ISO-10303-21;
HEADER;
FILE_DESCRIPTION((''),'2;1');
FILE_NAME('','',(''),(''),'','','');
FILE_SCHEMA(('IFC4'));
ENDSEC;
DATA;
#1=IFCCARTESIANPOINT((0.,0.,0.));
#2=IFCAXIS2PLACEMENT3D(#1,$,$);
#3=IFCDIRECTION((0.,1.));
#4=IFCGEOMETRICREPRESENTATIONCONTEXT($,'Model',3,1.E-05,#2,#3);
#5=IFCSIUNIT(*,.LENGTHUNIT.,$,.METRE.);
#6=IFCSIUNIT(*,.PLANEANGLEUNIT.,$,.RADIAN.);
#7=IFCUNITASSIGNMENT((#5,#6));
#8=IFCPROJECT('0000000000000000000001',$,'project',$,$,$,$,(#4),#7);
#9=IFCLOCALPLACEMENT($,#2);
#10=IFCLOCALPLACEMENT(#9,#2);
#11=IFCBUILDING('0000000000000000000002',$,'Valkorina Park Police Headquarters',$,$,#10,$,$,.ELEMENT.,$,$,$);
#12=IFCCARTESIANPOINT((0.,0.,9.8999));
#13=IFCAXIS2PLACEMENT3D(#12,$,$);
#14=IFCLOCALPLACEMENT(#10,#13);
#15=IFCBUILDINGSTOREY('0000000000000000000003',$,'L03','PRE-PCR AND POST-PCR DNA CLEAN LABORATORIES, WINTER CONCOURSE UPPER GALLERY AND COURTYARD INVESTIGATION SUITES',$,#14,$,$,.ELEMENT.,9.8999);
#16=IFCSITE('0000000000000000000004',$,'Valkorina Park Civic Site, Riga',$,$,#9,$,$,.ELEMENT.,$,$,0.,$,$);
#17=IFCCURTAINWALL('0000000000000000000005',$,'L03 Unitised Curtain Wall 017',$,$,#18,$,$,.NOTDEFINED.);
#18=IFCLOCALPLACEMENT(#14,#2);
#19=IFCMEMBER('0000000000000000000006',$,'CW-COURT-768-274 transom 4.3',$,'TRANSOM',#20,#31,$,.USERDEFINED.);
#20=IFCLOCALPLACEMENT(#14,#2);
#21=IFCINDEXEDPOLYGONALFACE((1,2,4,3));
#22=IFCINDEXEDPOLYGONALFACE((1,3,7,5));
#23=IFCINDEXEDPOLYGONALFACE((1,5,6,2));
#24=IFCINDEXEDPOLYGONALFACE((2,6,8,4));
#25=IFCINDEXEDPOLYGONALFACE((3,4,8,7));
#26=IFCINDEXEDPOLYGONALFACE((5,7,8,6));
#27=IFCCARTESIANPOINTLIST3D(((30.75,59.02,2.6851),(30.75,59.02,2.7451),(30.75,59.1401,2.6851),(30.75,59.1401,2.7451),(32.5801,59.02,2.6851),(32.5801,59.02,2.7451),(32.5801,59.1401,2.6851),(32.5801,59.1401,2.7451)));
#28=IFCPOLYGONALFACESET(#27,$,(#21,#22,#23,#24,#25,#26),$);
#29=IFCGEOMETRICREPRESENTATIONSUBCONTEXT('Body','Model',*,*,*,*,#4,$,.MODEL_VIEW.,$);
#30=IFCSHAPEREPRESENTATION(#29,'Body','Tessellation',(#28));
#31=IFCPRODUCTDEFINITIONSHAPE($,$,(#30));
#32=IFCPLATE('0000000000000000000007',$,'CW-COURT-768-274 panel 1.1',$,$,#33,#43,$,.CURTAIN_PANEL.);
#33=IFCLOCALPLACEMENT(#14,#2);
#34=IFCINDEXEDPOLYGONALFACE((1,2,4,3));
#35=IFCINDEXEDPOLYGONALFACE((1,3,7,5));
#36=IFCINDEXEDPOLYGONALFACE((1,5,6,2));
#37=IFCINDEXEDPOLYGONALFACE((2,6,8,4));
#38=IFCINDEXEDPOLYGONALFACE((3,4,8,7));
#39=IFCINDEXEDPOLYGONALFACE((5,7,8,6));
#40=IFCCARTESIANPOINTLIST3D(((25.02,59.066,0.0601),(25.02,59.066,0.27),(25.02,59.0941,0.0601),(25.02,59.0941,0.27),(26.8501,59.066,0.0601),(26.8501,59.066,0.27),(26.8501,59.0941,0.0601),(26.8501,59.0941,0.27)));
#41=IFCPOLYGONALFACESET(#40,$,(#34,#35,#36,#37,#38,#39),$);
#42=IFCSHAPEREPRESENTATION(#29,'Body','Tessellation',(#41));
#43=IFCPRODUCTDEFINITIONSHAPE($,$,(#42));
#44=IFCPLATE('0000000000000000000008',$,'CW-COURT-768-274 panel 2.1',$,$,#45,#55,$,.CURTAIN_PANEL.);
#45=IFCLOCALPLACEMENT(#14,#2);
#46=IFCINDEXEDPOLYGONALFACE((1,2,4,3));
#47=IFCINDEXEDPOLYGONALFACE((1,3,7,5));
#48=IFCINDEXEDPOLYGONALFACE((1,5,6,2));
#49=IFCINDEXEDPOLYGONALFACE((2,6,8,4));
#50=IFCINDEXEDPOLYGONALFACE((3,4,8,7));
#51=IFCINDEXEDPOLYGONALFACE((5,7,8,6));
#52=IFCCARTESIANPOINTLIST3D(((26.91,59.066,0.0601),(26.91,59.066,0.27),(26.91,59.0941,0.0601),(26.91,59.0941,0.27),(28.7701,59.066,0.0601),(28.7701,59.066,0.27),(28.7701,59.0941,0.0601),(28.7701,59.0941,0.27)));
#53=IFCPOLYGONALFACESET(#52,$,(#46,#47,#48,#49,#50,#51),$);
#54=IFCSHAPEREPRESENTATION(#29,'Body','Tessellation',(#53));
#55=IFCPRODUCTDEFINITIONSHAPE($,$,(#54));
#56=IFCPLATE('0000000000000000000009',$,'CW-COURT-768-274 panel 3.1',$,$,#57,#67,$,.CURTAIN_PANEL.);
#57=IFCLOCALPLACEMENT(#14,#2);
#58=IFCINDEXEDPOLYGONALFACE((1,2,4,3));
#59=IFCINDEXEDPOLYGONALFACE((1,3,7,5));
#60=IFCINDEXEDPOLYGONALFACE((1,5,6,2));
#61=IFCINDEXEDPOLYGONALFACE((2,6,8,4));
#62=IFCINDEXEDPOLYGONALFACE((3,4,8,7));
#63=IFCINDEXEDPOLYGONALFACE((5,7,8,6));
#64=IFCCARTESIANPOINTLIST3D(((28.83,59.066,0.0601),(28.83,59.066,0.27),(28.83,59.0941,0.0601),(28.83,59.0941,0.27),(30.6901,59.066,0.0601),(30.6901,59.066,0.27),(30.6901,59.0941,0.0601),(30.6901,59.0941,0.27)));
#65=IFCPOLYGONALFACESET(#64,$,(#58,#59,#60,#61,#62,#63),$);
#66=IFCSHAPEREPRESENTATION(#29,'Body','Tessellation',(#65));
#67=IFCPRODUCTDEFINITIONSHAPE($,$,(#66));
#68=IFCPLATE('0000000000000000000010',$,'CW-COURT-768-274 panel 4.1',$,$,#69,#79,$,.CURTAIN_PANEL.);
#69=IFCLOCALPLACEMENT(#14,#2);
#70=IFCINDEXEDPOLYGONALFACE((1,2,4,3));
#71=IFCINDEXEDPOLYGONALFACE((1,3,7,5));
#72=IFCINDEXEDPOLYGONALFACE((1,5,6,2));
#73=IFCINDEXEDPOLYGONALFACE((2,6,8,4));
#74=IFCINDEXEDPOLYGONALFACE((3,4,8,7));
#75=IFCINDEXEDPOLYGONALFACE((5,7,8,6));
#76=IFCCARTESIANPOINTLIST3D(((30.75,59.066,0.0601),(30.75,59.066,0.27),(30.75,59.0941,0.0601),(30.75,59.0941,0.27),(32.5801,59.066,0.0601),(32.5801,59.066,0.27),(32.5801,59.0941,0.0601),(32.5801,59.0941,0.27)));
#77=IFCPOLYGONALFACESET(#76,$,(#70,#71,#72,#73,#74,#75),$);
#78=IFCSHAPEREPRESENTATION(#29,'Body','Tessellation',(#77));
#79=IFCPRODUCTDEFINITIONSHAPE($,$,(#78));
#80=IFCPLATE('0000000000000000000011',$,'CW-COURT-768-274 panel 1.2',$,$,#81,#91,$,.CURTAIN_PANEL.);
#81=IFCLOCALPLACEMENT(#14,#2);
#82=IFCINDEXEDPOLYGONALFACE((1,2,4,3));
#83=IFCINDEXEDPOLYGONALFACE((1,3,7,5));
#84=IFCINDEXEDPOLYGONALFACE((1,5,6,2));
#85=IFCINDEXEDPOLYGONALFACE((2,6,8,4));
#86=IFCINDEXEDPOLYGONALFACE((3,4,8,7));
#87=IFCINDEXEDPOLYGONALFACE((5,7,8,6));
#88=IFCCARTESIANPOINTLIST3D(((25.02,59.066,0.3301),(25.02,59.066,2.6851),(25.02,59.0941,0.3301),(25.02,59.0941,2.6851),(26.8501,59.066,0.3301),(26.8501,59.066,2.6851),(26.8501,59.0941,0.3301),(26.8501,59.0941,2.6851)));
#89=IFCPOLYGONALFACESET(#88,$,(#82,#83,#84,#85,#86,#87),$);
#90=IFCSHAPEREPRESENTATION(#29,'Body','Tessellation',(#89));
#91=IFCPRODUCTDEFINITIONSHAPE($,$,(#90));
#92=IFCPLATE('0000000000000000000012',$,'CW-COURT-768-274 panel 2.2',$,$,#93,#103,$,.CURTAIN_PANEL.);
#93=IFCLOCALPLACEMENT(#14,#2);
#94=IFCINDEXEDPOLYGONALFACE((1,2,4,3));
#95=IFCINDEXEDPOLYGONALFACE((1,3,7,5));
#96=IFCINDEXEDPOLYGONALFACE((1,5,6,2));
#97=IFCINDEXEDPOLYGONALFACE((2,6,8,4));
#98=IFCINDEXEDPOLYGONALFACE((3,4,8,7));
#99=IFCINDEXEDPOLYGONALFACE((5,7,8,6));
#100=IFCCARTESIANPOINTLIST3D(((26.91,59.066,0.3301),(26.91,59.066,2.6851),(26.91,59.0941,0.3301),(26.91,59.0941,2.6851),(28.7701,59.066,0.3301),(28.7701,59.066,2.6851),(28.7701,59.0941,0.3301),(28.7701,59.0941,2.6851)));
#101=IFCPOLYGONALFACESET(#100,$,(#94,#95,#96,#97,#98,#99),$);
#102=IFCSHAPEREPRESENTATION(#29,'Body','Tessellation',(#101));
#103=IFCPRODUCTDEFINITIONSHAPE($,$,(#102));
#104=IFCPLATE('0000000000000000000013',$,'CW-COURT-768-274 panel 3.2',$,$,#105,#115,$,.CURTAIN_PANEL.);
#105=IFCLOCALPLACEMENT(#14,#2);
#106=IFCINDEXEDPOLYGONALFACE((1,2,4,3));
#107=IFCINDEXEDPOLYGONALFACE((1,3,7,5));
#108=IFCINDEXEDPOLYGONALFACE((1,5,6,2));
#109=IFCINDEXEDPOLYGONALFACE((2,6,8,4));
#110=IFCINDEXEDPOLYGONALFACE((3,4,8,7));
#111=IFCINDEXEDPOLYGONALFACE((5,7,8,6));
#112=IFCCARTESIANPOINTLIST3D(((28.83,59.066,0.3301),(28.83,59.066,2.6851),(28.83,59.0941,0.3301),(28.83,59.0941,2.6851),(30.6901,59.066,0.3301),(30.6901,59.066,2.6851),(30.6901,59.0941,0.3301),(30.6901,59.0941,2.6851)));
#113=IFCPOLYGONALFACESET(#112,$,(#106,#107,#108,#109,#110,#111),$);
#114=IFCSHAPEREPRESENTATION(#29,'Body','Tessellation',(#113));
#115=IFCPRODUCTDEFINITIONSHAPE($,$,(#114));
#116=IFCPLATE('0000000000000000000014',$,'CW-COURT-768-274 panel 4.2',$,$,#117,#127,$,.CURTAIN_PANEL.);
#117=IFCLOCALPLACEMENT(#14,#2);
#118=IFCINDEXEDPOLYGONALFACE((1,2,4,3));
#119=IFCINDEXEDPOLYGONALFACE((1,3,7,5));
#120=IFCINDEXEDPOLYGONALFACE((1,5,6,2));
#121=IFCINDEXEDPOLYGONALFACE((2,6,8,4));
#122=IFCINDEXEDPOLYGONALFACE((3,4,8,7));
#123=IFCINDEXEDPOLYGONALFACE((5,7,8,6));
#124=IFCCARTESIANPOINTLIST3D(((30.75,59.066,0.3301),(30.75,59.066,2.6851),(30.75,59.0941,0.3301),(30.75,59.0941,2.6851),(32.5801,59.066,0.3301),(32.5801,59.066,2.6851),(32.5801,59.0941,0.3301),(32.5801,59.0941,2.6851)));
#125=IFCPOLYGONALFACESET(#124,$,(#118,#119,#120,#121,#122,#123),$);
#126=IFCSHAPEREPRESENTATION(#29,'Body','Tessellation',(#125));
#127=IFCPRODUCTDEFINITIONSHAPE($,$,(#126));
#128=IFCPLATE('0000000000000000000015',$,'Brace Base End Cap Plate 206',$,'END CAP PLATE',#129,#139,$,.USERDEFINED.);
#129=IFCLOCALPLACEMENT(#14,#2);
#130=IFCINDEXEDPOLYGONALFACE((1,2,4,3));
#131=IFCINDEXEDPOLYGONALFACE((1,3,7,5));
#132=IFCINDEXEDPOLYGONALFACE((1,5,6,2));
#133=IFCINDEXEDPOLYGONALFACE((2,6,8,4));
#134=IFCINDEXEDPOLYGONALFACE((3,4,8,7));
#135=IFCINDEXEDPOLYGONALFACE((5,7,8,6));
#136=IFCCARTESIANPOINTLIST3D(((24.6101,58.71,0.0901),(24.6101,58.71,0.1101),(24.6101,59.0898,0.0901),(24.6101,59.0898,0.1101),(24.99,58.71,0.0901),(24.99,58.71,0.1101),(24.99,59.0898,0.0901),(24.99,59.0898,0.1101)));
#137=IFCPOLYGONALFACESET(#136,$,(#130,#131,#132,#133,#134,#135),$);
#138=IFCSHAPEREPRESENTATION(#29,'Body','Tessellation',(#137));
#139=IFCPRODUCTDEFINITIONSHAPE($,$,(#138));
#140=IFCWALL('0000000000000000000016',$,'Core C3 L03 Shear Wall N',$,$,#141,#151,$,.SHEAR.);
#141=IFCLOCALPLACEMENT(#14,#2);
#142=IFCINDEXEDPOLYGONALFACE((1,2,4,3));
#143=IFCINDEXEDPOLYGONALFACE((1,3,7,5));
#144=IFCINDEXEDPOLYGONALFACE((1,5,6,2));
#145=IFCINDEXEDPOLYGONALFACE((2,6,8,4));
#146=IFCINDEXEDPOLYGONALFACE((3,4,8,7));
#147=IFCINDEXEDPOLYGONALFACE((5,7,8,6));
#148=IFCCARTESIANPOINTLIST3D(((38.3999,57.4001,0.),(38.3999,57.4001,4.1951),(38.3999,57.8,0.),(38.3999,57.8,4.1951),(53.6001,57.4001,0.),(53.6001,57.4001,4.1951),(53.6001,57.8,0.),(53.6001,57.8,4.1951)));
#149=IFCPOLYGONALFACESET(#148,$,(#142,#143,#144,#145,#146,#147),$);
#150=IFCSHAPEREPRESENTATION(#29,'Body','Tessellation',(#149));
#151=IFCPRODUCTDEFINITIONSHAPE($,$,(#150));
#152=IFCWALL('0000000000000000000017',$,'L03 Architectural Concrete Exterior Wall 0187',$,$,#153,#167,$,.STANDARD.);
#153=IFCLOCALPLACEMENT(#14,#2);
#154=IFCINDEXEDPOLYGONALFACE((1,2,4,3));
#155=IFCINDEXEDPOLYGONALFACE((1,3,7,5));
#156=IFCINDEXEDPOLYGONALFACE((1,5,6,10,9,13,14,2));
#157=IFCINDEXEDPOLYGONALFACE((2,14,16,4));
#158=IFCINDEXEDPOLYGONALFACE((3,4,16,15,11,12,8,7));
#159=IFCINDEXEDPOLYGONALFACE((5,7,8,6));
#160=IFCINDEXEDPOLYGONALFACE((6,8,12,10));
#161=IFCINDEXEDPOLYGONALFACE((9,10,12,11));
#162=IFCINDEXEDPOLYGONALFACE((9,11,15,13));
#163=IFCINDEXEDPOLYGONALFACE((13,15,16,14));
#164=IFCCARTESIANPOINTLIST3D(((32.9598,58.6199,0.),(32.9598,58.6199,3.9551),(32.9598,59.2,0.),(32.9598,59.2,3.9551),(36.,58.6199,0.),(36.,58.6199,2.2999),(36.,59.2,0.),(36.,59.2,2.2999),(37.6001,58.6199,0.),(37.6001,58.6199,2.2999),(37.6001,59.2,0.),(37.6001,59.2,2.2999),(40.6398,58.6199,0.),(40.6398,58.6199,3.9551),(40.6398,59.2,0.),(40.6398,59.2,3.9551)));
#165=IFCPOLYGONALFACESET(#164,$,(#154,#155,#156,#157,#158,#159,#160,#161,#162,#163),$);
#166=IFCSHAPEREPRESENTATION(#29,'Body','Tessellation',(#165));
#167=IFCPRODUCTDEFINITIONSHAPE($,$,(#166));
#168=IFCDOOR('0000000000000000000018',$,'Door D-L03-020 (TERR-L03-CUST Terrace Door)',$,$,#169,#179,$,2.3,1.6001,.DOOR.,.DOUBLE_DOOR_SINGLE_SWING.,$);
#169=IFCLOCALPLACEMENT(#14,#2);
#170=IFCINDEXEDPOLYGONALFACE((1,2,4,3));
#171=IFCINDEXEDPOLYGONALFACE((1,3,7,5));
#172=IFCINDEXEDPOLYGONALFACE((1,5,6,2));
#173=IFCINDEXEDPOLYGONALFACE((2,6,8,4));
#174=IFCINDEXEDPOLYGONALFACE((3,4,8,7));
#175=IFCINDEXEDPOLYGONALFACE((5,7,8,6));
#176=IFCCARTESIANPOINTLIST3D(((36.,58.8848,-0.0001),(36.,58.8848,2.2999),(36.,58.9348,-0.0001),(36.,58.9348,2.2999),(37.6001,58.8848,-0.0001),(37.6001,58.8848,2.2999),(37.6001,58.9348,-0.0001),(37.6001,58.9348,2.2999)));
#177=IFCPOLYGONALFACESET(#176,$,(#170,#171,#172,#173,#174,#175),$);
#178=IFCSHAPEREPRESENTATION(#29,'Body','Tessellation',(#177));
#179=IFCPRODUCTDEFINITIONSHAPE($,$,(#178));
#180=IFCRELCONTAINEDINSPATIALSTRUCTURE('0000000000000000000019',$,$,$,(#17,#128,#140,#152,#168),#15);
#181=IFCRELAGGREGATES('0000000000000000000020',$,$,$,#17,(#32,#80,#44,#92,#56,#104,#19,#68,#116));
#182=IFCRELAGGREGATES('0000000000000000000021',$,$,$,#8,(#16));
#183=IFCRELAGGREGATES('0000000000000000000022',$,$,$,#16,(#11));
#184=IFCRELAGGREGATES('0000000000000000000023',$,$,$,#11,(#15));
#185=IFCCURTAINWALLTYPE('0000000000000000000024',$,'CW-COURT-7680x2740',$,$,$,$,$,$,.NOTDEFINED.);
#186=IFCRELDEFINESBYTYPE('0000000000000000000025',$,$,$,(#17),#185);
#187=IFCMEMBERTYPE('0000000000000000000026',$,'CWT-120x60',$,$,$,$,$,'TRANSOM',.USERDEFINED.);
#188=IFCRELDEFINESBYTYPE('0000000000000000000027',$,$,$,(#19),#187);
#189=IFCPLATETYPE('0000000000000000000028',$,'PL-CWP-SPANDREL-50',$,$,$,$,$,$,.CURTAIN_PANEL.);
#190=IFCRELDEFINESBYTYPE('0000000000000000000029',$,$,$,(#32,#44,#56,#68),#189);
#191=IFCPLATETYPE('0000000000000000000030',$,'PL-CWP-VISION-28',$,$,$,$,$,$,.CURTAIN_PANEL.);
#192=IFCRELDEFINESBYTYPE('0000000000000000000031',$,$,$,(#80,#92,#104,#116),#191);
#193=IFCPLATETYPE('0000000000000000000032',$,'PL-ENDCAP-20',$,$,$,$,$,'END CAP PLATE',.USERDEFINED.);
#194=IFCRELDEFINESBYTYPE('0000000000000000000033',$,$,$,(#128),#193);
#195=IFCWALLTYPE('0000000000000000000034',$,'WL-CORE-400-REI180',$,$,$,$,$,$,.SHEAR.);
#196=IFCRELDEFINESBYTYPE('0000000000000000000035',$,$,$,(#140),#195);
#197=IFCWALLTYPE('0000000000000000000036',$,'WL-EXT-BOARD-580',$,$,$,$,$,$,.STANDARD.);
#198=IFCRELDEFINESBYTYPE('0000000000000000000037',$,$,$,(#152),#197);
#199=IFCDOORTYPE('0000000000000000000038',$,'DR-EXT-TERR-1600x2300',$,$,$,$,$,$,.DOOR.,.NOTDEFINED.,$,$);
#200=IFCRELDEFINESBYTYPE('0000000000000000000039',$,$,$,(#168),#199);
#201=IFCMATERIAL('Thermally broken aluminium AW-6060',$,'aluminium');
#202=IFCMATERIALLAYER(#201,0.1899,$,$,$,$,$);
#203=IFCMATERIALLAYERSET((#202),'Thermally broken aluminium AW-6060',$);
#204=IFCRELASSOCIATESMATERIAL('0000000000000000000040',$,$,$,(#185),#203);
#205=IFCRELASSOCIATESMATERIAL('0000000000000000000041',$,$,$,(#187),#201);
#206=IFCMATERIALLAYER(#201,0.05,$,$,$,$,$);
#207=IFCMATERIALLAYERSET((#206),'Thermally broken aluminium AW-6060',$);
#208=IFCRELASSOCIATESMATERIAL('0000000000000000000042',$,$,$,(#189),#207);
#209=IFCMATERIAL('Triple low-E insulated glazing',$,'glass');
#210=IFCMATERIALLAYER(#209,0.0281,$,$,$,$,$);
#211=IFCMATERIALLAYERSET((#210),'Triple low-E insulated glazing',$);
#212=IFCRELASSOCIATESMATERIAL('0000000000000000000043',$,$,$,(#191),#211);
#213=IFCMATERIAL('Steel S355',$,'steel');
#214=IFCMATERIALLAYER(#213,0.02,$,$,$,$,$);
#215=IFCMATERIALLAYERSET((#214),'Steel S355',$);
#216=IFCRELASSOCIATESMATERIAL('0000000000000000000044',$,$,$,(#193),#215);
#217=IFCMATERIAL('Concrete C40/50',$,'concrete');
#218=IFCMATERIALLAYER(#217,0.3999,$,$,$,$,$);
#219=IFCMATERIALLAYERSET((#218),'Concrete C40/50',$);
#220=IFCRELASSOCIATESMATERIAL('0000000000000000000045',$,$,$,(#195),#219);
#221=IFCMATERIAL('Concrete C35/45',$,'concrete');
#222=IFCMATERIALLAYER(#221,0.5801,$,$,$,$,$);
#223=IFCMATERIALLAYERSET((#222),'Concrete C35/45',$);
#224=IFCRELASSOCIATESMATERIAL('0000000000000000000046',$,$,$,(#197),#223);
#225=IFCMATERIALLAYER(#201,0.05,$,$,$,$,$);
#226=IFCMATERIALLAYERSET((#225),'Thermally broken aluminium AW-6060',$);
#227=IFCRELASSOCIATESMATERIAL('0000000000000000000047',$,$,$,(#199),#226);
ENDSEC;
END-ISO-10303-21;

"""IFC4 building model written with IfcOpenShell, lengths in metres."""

from ifc_helpers import new_model, si_unit, direction, frame, frame_2d, origin, origin_2d, place, context, subcontext, project, spatial, rectangle, extrude, material, layer, layer_set, material_profile, profile_set, type_object, element, fill, aggregate, save


model = new_model("IFC4")

# Units and contexts
model_context = context("Model", 3, precision=1e-05, world=origin(), true_north=direction((0.0, 1.0)))
body_context = subcontext(model_context, "Body", "Model", "MODEL_VIEW")
ifc_project = project(units=[si_unit("LENGTHUNIT", "METRE"), si_unit("PLANEANGLEUNIT", "RADIAN")], contexts=[model_context])

# Site, building, storey
site_placement = place(None, origin())
site = spatial("IfcSite", under=ifc_project, at=site_placement, Name="Valkorina Park Civic Site, Riga", CompositionType="ELEMENT", RefElevation=0.0)
building_placement = place(site_placement, origin())
building = spatial("IfcBuilding", under=site, at=building_placement, Name="Valkorina Park Police Headquarters", CompositionType="ELEMENT")
storey_placement = place(building_placement, frame((0.0, 0.0, 9.8999)))
storey = spatial("IfcBuildingStorey", under=building, at=storey_placement, Name="L03", Description="PRE-PCR AND POST-PCR DNA CLEAN LABORATORIES, WINTER CONCOURSE UPPER GALLERY AND COURTYARD INVESTIGATION SUITES", CompositionType="ELEMENT", Elevation=9.8999)

# Curtain wall, member, plates
ifc_material_1 = material(Name="Thermally broken aluminium AW-6060", Category="aluminium")
ifc_layer_1 = layer(ifc_material_1, 0.1899)
ifc_layer_set_1 = layer_set([ifc_layer_1], Name="Thermally broken aluminium AW-6060")
curtain_wall_type = type_object("IfcCurtainWallType", Name="CW-COURT-7680x2740", PredefinedType="NOTDEFINED", material=ifc_layer_set_1)
curtain_wall_placement = place(storey_placement, origin())
curtain_wall = element("IfcCurtainWall", 1, at=curtain_wall_placement, inside=storey, type_object=curtain_wall_type, Name="L03 Unitised Curtain Wall 017", PredefinedType="NOTDEFINED")
ifc_material_profile_1 = material_profile(ifc_material_1, rectangle(XDim=0.1201, YDim=0.0601, at=origin_2d()), Name="CWT-01 120x60")
ifc_profile_set_1 = profile_set([ifc_material_profile_1], Name="Thermally broken aluminium AW-6060")
member_type_1 = type_object("IfcMemberType", Name="CWT-120x60", ElementType="TRANSOM", PredefinedType="USERDEFINED", material=ifc_profile_set_1)
member_1_placement = place(storey_placement, frame((30.75, 59.0801, 2.7151), z_axis=(1.0, 0.0, 0.0), x_axis=(0.0, 1.0, 0.0)))
member_1 = element("IfcMember", 2, at=member_1_placement, type_object=member_type_1, Name="CW-COURT-768-274 transom 4.3", ObjectType="TRANSOM", PredefinedType="USERDEFINED", context=body_context, shape_type="SweptSolid", body=[
    extrude(rectangle(XDim=0.1201, YDim=0.0601, at=origin_2d()), origin(), (0.0, 0.0, 1.0), 1.8301),
])
ifc_layer_2 = layer(ifc_material_1, 0.05)
ifc_layer_set_2 = layer_set([ifc_layer_2], Name="Thermally broken aluminium AW-6060")
plate_type_1 = type_object("IfcPlateType", Name="PL-CWP-SPANDREL-50", PredefinedType="CURTAIN_PANEL", material=ifc_layer_set_2)
plate_1_placement = place(storey_placement, frame((25.9351, 59.0801, 0.0601), z_axis=(0.0, 0.0, 1.0), x_axis=(1.0, 0.0, 0.0)))
plate_1 = element("IfcPlate", 3, at=plate_1_placement, type_object=plate_type_1, Name="CW-COURT-768-274 panel 1.1", PredefinedType="CURTAIN_PANEL", context=body_context, shape_type="SweptSolid", body=[
    extrude(rectangle(XDim=1.8301, YDim=0.0281, at=origin_2d()), origin(), (0.0, 0.0, 1.0), 0.21),
])
plate_2_placement = place(storey_placement, frame((27.8401, 59.0801, 0.0601), z_axis=(0.0, 0.0, 1.0), x_axis=(1.0, 0.0, 0.0)))
plate_2 = element("IfcPlate", 4, at=plate_2_placement, type_object=plate_type_1, Name="CW-COURT-768-274 panel 2.1", PredefinedType="CURTAIN_PANEL", context=body_context, shape_type="SweptSolid", body=[
    extrude(rectangle(XDim=1.8601, YDim=0.0281, at=origin_2d()), origin(), (0.0, 0.0, 1.0), 0.21),
])
plate_3_placement = place(storey_placement, frame((29.76, 59.0801, 0.0601), z_axis=(0.0, 0.0, 1.0), x_axis=(1.0, 0.0, 0.0)))
plate_3 = element("IfcPlate", 5, at=plate_3_placement, type_object=plate_type_1, Name="CW-COURT-768-274 panel 3.1", PredefinedType="CURTAIN_PANEL", context=body_context, shape_type="SweptSolid", body=[
    extrude(rectangle(XDim=1.8601, YDim=0.0281, at=origin_2d()), origin(), (0.0, 0.0, 1.0), 0.21),
])
plate_4_placement = place(storey_placement, frame((31.665, 59.0801, 0.0601), z_axis=(0.0, 0.0, 1.0), x_axis=(1.0, 0.0, 0.0)))
plate_4 = element("IfcPlate", 6, at=plate_4_placement, type_object=plate_type_1, Name="CW-COURT-768-274 panel 4.1", PredefinedType="CURTAIN_PANEL", context=body_context, shape_type="SweptSolid", body=[
    extrude(rectangle(XDim=1.8301, YDim=0.0281, at=origin_2d()), origin(), (0.0, 0.0, 1.0), 0.21),
])
ifc_material_2 = material(Name="Triple low-E insulated glazing", Category="glass")
ifc_layer_3 = layer(ifc_material_2, 0.0281)
ifc_layer_set_3 = layer_set([ifc_layer_3], Name="Triple low-E insulated glazing")
plate_type_2 = type_object("IfcPlateType", Name="PL-CWP-VISION-28", PredefinedType="CURTAIN_PANEL", material=ifc_layer_set_3)
plate_5_placement = place(storey_placement, frame((25.9351, 59.0801, 0.3301), z_axis=(0.0, 0.0, 1.0), x_axis=(1.0, 0.0, 0.0)))
plate_5 = element("IfcPlate", 7, at=plate_5_placement, type_object=plate_type_2, Name="CW-COURT-768-274 panel 1.2", PredefinedType="CURTAIN_PANEL", context=body_context, shape_type="SweptSolid", body=[
    extrude(rectangle(XDim=1.8301, YDim=0.0281, at=origin_2d()), origin(), (0.0, 0.0, 1.0), 2.355),
])
plate_6_placement = place(storey_placement, frame((27.8401, 59.0801, 0.3301), z_axis=(0.0, 0.0, 1.0), x_axis=(1.0, 0.0, 0.0)))
plate_6 = element("IfcPlate", 8, at=plate_6_placement, type_object=plate_type_2, Name="CW-COURT-768-274 panel 2.2", PredefinedType="CURTAIN_PANEL", context=body_context, shape_type="SweptSolid", body=[
    extrude(rectangle(XDim=1.8601, YDim=0.0281, at=origin_2d()), origin(), (0.0, 0.0, 1.0), 2.355),
])
plate_7_placement = place(storey_placement, frame((29.76, 59.0801, 0.3301), z_axis=(0.0, 0.0, 1.0), x_axis=(1.0, 0.0, 0.0)))
plate_7 = element("IfcPlate", 9, at=plate_7_placement, type_object=plate_type_2, Name="CW-COURT-768-274 panel 3.2", PredefinedType="CURTAIN_PANEL", context=body_context, shape_type="SweptSolid", body=[
    extrude(rectangle(XDim=1.8601, YDim=0.0281, at=origin_2d()), origin(), (0.0, 0.0, 1.0), 2.355),
])
plate_8_placement = place(storey_placement, frame((31.665, 59.0801, 0.3301), z_axis=(0.0, 0.0, 1.0), x_axis=(1.0, 0.0, 0.0)))
plate_8 = element("IfcPlate", 10, at=plate_8_placement, type_object=plate_type_2, Name="CW-COURT-768-274 panel 4.2", PredefinedType="CURTAIN_PANEL", context=body_context, shape_type="SweptSolid", body=[
    extrude(rectangle(XDim=1.8301, YDim=0.0281, at=origin_2d()), origin(), (0.0, 0.0, 1.0), 2.355),
])
aggregate(curtain_wall, [plate_1, plate_5, plate_2, plate_6, plate_3, plate_7, member_1, plate_4, plate_8])

# Plate
ifc_material_3 = material(Name="Steel S355", Category="steel")
ifc_layer_4 = layer(ifc_material_3, 0.02)
ifc_layer_set_4 = layer_set([ifc_layer_4], Name="Steel S355")
plate_type_3 = type_object("IfcPlateType", Name="PL-ENDCAP-20", ElementType="END CAP PLATE", PredefinedType="USERDEFINED", material=ifc_layer_set_4)
plate_9_placement = place(storey_placement, frame((24.8, 58.8999, 0.0901), z_axis=(0.0, 0.0, 1.0), x_axis=(1.0, 0.0, 0.0)))
element("IfcPlate", 11, at=plate_9_placement, inside=storey, type_object=plate_type_3, Name="Brace Base End Cap Plate 206", ObjectType="END CAP PLATE", PredefinedType="USERDEFINED", context=body_context, shape_type="SweptSolid", body=[
    extrude(rectangle(XDim=0.3799, YDim=0.3799, at=origin_2d()), origin(), (0.0, 0.0, 1.0), 0.02),
])

# Wall
ifc_material_4 = material(Name="Concrete C40/50", Category="concrete")
ifc_layer_5 = layer(ifc_material_4, 0.3999)
ifc_layer_set_5 = layer_set([ifc_layer_5], Name="Concrete C40/50")
wall_type_1 = type_object("IfcWallType", Name="WL-CORE-400-REI180", PredefinedType="SHEAR", material=ifc_layer_set_5)
wall_1_placement = place(storey_placement, frame((38.3999, 57.6001, 0.0), z_axis=(0.0, 0.0, 1.0), x_axis=(1.0, 0.0, 0.0)))
element("IfcWall", 12, at=wall_1_placement, inside=storey, type_object=wall_type_1, Name="Core C3 L03 Shear Wall N", PredefinedType="SHEAR", context=body_context, shape_type="SweptSolid", body=[
    extrude(rectangle(XDim=15.2002, YDim=0.3999, at=frame_2d((7.6001, 0.0))), origin(), (0.0, 0.0, 1.0), 4.1951),
])

# Wall, opening, door
ifc_material_5 = material(Name="Concrete C35/45", Category="concrete")
ifc_layer_6 = layer(ifc_material_5, 0.5801)
ifc_layer_set_6 = layer_set([ifc_layer_6], Name="Concrete C35/45")
wall_type_2 = type_object("IfcWallType", Name="WL-EXT-BOARD-580", PredefinedType="STANDARD", material=ifc_layer_set_6)
wall_2_placement = place(storey_placement, frame((32.96, 58.9099, 0.0), z_axis=(0.0, 0.0, 1.0), x_axis=(1.0, 0.0, 0.0)))
wall_2 = element("IfcWall", 13, at=wall_2_placement, inside=storey, type_object=wall_type_2, Name="L03 Architectural Concrete Exterior Wall 0187", PredefinedType="STANDARD", context=body_context, shape_type="SweptSolid", body=[
    extrude(rectangle(XDim=7.6799, YDim=0.5801, at=frame_2d((3.8398, 0.0))), origin(), (0.0, 0.0, 1.0), 3.9551),
])
opening_placement = place(wall_2_placement, frame((3.04, 0.0, 0.0)))
opening = element("IfcOpeningElement", 14, at=opening_placement, cuts=wall_2, PredefinedType="OPENING", context=body_context, shape_type="SweptSolid", body=[
    extrude(rectangle(XDim=1.6001, YDim=2.3, at=frame_2d((0.8, 1.1499))), frame((0.0, 0.3, 0.0), z_axis=(0.0, -1.0, 0.0), x_axis=(1.0, 0.0, 0.0)), (0.0, 0.0, 1.0), 0.6001),
])
ifc_layer_7 = layer(ifc_material_1, 0.05)
ifc_layer_set_7 = layer_set([ifc_layer_7], Name="Thermally broken aluminium AW-6060")
door_type = type_object("IfcDoorType", Name="DR-EXT-TERR-1600x2300", OperationType="NOTDEFINED", PredefinedType="DOOR", material=ifc_layer_set_7)
door_placement = place(opening_placement, origin())
door = element("IfcDoor", 15, at=door_placement, inside=storey, type_object=door_type, Name="Door D-L03-020 (TERR-L03-CUST Terrace Door)", OperationType="DOUBLE_DOOR_SINGLE_SWING", OverallHeight=2.3, OverallWidth=1.6001, PredefinedType="DOOR", context=body_context, shape_type="SweptSolid", body=[
    extrude(rectangle(XDim=1.6001, YDim=2.3, at=frame_2d((0.8, 1.1499))), frame((0.0, 0.0249, 0.0), z_axis=(0.0, -1.0, 0.0), x_axis=(1.0, 0.0, 0.0)), (0.0, 0.0, 1.0), 0.05),
])
fill(opening, door)

save(model, "model.ifc")
